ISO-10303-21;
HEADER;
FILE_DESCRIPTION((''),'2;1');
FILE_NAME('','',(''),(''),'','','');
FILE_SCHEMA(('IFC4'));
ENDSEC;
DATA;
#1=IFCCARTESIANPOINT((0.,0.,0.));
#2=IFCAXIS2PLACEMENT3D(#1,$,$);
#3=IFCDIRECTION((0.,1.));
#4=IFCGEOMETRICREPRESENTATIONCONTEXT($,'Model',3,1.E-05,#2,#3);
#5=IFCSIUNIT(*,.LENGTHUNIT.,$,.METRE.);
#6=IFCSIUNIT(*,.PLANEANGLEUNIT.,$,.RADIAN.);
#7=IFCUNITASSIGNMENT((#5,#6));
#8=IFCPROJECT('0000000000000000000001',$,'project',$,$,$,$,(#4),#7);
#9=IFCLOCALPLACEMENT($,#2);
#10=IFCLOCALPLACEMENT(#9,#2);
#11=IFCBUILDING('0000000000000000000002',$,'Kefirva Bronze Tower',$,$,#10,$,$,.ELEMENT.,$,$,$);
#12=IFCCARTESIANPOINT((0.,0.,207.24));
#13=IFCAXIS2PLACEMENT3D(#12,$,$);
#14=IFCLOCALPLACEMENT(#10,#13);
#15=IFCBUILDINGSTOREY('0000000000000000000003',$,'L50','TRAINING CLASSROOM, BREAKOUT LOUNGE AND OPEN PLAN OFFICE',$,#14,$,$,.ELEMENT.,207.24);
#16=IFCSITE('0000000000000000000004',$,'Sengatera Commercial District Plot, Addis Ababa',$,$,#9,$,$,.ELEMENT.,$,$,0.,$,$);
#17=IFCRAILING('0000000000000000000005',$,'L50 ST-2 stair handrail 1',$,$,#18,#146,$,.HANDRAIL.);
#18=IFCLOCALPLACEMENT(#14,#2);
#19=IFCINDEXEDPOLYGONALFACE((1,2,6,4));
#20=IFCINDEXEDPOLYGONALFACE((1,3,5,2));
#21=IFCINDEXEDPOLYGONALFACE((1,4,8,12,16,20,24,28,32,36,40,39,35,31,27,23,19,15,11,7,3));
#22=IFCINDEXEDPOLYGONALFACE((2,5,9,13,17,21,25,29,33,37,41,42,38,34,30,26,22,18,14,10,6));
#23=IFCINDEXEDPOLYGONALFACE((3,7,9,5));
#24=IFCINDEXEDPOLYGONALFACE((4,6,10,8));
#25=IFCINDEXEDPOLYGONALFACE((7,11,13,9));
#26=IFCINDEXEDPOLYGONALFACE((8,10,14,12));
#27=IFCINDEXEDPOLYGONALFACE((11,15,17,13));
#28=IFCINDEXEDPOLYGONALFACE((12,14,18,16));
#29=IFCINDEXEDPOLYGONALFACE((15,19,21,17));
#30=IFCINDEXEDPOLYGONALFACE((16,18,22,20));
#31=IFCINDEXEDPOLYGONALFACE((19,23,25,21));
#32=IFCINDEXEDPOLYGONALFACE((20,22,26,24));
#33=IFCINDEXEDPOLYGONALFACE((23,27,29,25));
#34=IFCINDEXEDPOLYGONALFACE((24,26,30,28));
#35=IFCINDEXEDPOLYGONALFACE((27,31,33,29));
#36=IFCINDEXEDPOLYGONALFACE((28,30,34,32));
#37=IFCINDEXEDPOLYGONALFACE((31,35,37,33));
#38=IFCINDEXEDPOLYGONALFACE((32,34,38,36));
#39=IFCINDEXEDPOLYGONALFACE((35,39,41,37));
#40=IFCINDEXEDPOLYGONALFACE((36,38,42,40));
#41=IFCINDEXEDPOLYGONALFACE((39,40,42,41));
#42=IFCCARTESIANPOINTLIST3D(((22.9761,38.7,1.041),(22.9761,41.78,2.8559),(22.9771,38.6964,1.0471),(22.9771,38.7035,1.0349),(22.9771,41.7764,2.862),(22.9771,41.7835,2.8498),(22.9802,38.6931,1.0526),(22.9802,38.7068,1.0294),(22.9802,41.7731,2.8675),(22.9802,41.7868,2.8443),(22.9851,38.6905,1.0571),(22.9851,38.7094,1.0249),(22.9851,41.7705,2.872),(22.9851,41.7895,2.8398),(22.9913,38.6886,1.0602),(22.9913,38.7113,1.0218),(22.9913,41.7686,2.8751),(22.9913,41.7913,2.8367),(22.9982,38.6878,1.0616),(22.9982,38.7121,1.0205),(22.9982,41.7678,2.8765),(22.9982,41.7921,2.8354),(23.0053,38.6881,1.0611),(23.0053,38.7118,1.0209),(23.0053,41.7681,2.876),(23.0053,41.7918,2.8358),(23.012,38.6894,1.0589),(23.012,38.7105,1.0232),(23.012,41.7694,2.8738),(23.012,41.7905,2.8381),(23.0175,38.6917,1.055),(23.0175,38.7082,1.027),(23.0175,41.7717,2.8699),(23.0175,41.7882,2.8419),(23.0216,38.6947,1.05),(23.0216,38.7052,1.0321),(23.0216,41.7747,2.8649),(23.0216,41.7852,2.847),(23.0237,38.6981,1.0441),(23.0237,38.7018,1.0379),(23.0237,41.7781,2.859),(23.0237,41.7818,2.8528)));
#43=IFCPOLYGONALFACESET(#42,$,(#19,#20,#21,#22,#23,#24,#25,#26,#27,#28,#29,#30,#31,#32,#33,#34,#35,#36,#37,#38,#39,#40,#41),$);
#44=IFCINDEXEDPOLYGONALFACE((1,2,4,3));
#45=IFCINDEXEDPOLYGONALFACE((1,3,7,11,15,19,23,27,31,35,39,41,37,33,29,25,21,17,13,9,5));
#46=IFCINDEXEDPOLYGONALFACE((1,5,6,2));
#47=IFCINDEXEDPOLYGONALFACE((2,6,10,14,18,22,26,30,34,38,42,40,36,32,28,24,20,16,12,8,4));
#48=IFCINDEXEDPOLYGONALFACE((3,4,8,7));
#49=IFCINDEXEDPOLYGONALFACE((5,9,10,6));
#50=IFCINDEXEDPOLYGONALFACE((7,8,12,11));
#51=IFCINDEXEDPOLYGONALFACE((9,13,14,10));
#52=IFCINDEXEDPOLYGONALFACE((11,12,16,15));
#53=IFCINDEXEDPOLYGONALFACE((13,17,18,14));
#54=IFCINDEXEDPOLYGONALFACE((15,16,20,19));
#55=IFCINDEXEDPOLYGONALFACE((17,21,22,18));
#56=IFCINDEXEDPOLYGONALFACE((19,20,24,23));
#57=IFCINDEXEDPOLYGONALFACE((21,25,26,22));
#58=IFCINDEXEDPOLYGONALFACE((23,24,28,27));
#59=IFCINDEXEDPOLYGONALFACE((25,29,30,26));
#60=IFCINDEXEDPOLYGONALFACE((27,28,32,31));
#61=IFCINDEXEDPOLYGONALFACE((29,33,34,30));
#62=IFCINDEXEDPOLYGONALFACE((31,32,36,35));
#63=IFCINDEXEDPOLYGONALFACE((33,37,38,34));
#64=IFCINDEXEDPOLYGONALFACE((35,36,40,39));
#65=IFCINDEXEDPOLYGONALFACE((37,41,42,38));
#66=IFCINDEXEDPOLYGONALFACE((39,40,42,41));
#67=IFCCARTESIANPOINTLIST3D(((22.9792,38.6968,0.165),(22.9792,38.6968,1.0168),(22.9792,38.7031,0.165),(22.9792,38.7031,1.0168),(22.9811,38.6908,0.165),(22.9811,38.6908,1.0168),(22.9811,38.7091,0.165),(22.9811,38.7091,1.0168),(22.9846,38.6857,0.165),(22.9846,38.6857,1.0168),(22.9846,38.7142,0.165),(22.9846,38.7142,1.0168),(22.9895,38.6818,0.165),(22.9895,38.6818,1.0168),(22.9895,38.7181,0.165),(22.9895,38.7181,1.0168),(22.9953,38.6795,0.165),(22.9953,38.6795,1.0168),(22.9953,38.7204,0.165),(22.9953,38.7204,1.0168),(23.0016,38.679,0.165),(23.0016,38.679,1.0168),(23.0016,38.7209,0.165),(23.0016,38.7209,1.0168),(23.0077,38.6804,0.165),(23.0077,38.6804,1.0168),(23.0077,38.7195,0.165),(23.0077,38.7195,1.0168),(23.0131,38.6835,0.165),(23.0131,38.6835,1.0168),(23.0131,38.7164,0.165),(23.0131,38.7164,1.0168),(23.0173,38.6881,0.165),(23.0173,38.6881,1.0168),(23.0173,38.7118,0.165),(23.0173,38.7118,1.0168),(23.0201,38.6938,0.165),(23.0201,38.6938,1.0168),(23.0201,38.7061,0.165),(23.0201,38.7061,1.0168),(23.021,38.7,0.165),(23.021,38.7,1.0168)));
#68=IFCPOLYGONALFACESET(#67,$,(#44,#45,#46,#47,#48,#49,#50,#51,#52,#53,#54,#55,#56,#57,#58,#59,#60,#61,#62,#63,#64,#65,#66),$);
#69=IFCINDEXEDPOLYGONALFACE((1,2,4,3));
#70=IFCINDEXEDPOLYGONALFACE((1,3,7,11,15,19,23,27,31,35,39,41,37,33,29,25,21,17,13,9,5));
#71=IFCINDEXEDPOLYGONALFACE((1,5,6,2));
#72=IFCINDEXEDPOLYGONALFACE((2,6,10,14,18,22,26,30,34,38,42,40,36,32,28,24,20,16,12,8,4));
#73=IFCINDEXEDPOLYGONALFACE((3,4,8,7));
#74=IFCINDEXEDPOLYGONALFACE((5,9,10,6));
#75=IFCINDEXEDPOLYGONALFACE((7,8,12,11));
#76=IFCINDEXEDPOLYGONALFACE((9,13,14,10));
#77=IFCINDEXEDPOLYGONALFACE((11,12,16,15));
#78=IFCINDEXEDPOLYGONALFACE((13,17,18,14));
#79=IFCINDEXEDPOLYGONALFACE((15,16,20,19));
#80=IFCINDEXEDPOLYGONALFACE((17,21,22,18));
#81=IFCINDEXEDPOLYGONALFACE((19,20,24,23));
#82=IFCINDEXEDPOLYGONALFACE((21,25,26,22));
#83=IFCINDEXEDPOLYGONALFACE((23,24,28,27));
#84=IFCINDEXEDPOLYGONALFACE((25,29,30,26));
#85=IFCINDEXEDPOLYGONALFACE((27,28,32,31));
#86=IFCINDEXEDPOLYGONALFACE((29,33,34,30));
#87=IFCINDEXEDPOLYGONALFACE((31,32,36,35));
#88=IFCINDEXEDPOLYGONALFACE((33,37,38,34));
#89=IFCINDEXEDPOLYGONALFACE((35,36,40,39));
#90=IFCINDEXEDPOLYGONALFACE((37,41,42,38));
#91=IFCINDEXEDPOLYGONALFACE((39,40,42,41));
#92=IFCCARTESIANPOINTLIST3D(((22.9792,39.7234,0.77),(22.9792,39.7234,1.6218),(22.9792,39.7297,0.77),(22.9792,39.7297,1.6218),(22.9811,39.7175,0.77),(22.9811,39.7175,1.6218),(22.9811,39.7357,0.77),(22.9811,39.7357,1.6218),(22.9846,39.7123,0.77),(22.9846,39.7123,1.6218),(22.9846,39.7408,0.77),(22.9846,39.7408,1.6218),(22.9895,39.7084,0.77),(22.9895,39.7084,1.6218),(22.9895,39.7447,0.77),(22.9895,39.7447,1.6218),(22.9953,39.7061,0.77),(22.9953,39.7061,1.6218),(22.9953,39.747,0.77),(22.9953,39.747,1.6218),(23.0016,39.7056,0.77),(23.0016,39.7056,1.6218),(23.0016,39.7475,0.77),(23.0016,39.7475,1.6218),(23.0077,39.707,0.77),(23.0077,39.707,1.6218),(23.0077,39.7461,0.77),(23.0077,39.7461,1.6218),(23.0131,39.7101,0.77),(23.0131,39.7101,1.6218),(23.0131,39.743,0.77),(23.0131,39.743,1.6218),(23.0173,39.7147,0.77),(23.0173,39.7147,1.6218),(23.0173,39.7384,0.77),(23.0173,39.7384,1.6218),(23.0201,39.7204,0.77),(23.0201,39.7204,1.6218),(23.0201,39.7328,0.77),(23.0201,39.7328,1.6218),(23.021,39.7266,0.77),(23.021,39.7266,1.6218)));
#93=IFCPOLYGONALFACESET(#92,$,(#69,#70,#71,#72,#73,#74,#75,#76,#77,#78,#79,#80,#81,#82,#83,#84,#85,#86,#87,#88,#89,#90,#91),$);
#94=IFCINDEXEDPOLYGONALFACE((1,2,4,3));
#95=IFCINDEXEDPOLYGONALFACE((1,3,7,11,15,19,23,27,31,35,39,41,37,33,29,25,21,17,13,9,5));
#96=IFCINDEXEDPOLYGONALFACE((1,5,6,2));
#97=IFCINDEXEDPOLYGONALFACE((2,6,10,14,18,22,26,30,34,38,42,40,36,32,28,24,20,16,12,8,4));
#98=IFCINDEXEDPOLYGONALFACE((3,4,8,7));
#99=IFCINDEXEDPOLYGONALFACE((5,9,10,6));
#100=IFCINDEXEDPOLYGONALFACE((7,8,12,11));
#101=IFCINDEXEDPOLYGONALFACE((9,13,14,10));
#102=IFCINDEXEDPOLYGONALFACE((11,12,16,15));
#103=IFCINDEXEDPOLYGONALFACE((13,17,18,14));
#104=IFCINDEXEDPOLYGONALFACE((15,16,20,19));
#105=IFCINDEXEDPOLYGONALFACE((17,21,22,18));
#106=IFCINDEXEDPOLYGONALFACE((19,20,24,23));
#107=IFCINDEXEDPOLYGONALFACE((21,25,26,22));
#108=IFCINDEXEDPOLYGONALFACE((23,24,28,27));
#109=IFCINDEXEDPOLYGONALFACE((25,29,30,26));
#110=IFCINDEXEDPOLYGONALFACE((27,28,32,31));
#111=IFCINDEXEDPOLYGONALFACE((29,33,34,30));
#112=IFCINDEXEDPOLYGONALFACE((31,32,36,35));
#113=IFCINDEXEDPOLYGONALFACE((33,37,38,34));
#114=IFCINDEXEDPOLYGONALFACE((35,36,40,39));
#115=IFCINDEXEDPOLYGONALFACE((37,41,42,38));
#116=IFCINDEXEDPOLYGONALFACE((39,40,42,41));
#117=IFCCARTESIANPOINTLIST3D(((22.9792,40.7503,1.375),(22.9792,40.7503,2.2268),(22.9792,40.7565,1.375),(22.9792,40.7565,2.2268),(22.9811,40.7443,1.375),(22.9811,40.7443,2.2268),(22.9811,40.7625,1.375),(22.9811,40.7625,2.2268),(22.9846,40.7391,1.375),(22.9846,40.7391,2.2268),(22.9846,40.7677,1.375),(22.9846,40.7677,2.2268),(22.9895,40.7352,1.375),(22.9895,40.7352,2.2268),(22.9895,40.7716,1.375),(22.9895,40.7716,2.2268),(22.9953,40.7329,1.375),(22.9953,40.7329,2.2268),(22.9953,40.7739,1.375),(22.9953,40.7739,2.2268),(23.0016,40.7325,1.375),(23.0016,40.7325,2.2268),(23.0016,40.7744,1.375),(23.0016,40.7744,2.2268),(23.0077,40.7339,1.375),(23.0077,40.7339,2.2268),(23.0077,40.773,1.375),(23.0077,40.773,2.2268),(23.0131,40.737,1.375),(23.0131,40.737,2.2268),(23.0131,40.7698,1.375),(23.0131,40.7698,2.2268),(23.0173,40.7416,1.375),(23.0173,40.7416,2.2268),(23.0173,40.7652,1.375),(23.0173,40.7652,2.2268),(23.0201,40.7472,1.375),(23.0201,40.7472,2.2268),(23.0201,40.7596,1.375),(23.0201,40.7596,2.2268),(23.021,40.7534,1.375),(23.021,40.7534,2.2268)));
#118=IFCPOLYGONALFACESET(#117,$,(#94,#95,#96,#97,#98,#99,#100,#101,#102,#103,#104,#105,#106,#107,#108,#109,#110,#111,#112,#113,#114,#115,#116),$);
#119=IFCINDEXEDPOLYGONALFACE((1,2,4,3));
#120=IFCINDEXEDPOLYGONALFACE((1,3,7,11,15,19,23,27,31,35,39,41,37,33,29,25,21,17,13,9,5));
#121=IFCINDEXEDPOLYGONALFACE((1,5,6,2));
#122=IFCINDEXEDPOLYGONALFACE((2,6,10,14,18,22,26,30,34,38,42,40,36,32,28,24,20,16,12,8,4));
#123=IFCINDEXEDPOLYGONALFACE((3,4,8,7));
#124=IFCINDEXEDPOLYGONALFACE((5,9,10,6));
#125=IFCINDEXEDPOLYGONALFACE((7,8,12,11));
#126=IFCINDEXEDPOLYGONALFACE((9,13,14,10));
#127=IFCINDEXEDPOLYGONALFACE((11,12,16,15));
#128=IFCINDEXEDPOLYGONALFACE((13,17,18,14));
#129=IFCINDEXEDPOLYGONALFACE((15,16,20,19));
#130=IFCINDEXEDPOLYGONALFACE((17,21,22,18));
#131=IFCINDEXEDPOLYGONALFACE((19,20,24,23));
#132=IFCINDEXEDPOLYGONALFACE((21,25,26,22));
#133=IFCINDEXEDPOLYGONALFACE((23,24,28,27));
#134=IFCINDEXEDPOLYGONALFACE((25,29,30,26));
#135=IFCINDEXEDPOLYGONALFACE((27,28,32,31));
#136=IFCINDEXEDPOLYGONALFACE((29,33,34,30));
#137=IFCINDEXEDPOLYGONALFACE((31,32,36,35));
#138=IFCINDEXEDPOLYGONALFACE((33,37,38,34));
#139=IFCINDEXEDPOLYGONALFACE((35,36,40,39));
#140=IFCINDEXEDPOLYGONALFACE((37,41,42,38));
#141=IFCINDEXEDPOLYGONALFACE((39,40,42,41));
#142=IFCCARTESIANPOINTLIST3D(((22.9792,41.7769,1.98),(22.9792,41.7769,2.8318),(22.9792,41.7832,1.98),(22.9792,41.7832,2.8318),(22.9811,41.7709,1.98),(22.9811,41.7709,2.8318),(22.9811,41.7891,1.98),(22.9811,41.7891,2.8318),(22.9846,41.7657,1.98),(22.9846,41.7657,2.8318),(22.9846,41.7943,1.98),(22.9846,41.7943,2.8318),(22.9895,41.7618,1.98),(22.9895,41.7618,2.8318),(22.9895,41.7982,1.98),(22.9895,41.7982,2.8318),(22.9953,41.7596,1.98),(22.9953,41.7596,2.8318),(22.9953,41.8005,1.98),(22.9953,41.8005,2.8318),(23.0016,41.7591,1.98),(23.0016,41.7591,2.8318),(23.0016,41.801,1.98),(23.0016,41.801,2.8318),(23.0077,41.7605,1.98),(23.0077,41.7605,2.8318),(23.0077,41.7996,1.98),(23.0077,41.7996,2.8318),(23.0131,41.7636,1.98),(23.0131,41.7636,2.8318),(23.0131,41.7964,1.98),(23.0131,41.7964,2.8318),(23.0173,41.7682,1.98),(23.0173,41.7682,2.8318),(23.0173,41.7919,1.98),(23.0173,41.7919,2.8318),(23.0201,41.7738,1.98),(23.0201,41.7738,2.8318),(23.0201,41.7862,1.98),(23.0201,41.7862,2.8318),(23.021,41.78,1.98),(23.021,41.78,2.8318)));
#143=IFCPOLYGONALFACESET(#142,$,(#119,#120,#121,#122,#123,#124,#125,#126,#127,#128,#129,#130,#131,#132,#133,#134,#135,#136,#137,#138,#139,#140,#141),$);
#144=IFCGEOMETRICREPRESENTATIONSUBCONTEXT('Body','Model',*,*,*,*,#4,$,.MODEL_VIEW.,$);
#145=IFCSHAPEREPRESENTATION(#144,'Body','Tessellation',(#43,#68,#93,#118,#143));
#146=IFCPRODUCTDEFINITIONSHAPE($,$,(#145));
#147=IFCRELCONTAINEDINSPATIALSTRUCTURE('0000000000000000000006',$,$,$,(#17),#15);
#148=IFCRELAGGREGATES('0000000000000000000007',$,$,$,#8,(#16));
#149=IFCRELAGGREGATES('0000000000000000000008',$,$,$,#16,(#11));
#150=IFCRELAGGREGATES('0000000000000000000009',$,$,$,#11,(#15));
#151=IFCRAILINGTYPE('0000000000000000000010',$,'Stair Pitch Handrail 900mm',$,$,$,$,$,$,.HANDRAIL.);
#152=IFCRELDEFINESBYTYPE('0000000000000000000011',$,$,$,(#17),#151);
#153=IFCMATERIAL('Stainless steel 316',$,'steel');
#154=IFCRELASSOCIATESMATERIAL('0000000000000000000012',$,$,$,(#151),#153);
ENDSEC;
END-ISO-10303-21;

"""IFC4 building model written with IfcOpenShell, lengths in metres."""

from ifc_helpers import new_model, si_unit, direction, frame, origin, origin_2d, place, context, subcontext, project, spatial, circle, extrude, material, type_object, element, save


model = new_model("IFC4")

# Units and contexts
model_context = context("Model", 3, precision=1e-05, world=origin(), true_north=direction((0.0, 1.0)))
body_context = subcontext(model_context, "Body", "Model", "MODEL_VIEW")
ifc_project = project(units=[si_unit("LENGTHUNIT", "METRE"), si_unit("PLANEANGLEUNIT", "RADIAN")], contexts=[model_context])

# Site, building, storey
site_placement = place(None, origin())
site = spatial("IfcSite", under=ifc_project, at=site_placement, Name="Sengatera Commercial District Plot, Addis Ababa", CompositionType="ELEMENT", RefElevation=0.0)
building_placement = place(site_placement, origin())
building = spatial("IfcBuilding", under=site, at=building_placement, Name="Kefirva Bronze Tower", CompositionType="ELEMENT")
storey_placement = place(building_placement, frame((0.0, 0.0, 207.24)))
storey = spatial("IfcBuildingStorey", under=building, at=storey_placement, Name="L50", Description="TRAINING CLASSROOM, BREAKOUT LOUNGE AND OPEN PLAN OFFICE", CompositionType="ELEMENT", Elevation=207.24)

# Railing
ifc_material_1 = material(Name="Stainless steel 316", Category="steel")
railing_type_1 = type_object("IfcRailingType", Name="Stair Pitch Handrail 900mm", PredefinedType="HANDRAIL", material=ifc_material_1)
railing_1_placement = place(storey_placement, frame((23.0, 38.7, 0.165)))
element("IfcRailing", 1, at=railing_1_placement, inside=storey, type_object=railing_type_1, Name="L50 ST-2 stair handrail 1", PredefinedType="HANDRAIL", context=body_context, shape_type="SweptSolid", body=[
    extrude(circle(Radius=0.0239, at=origin_2d()), frame((0.0, 0.0, 0.876), z_axis=(0.0, 0.861551, 0.507671), x_axis=(-1.0, 0.0, 0.0)), (0.0, 0.0, 1.0), 3.575),
    extrude(circle(Radius=0.021, at=origin_2d()), origin(), (0.0, 0.0, 1.0), 0.8518),
    extrude(circle(Radius=0.021, at=origin_2d()), frame((0.0, 1.0266, 0.605)), (0.0, 0.0, 1.0), 0.8518),
    extrude(circle(Radius=0.021, at=origin_2d()), frame((0.0, 2.0535, 1.21)), (0.0, 0.0, 1.0), 0.8518),
    extrude(circle(Radius=0.021, at=origin_2d()), frame((0.0, 3.0801, 1.8149)), (0.0, 0.0, 1.0), 0.8518),
])

save(model, "model.ifc")
